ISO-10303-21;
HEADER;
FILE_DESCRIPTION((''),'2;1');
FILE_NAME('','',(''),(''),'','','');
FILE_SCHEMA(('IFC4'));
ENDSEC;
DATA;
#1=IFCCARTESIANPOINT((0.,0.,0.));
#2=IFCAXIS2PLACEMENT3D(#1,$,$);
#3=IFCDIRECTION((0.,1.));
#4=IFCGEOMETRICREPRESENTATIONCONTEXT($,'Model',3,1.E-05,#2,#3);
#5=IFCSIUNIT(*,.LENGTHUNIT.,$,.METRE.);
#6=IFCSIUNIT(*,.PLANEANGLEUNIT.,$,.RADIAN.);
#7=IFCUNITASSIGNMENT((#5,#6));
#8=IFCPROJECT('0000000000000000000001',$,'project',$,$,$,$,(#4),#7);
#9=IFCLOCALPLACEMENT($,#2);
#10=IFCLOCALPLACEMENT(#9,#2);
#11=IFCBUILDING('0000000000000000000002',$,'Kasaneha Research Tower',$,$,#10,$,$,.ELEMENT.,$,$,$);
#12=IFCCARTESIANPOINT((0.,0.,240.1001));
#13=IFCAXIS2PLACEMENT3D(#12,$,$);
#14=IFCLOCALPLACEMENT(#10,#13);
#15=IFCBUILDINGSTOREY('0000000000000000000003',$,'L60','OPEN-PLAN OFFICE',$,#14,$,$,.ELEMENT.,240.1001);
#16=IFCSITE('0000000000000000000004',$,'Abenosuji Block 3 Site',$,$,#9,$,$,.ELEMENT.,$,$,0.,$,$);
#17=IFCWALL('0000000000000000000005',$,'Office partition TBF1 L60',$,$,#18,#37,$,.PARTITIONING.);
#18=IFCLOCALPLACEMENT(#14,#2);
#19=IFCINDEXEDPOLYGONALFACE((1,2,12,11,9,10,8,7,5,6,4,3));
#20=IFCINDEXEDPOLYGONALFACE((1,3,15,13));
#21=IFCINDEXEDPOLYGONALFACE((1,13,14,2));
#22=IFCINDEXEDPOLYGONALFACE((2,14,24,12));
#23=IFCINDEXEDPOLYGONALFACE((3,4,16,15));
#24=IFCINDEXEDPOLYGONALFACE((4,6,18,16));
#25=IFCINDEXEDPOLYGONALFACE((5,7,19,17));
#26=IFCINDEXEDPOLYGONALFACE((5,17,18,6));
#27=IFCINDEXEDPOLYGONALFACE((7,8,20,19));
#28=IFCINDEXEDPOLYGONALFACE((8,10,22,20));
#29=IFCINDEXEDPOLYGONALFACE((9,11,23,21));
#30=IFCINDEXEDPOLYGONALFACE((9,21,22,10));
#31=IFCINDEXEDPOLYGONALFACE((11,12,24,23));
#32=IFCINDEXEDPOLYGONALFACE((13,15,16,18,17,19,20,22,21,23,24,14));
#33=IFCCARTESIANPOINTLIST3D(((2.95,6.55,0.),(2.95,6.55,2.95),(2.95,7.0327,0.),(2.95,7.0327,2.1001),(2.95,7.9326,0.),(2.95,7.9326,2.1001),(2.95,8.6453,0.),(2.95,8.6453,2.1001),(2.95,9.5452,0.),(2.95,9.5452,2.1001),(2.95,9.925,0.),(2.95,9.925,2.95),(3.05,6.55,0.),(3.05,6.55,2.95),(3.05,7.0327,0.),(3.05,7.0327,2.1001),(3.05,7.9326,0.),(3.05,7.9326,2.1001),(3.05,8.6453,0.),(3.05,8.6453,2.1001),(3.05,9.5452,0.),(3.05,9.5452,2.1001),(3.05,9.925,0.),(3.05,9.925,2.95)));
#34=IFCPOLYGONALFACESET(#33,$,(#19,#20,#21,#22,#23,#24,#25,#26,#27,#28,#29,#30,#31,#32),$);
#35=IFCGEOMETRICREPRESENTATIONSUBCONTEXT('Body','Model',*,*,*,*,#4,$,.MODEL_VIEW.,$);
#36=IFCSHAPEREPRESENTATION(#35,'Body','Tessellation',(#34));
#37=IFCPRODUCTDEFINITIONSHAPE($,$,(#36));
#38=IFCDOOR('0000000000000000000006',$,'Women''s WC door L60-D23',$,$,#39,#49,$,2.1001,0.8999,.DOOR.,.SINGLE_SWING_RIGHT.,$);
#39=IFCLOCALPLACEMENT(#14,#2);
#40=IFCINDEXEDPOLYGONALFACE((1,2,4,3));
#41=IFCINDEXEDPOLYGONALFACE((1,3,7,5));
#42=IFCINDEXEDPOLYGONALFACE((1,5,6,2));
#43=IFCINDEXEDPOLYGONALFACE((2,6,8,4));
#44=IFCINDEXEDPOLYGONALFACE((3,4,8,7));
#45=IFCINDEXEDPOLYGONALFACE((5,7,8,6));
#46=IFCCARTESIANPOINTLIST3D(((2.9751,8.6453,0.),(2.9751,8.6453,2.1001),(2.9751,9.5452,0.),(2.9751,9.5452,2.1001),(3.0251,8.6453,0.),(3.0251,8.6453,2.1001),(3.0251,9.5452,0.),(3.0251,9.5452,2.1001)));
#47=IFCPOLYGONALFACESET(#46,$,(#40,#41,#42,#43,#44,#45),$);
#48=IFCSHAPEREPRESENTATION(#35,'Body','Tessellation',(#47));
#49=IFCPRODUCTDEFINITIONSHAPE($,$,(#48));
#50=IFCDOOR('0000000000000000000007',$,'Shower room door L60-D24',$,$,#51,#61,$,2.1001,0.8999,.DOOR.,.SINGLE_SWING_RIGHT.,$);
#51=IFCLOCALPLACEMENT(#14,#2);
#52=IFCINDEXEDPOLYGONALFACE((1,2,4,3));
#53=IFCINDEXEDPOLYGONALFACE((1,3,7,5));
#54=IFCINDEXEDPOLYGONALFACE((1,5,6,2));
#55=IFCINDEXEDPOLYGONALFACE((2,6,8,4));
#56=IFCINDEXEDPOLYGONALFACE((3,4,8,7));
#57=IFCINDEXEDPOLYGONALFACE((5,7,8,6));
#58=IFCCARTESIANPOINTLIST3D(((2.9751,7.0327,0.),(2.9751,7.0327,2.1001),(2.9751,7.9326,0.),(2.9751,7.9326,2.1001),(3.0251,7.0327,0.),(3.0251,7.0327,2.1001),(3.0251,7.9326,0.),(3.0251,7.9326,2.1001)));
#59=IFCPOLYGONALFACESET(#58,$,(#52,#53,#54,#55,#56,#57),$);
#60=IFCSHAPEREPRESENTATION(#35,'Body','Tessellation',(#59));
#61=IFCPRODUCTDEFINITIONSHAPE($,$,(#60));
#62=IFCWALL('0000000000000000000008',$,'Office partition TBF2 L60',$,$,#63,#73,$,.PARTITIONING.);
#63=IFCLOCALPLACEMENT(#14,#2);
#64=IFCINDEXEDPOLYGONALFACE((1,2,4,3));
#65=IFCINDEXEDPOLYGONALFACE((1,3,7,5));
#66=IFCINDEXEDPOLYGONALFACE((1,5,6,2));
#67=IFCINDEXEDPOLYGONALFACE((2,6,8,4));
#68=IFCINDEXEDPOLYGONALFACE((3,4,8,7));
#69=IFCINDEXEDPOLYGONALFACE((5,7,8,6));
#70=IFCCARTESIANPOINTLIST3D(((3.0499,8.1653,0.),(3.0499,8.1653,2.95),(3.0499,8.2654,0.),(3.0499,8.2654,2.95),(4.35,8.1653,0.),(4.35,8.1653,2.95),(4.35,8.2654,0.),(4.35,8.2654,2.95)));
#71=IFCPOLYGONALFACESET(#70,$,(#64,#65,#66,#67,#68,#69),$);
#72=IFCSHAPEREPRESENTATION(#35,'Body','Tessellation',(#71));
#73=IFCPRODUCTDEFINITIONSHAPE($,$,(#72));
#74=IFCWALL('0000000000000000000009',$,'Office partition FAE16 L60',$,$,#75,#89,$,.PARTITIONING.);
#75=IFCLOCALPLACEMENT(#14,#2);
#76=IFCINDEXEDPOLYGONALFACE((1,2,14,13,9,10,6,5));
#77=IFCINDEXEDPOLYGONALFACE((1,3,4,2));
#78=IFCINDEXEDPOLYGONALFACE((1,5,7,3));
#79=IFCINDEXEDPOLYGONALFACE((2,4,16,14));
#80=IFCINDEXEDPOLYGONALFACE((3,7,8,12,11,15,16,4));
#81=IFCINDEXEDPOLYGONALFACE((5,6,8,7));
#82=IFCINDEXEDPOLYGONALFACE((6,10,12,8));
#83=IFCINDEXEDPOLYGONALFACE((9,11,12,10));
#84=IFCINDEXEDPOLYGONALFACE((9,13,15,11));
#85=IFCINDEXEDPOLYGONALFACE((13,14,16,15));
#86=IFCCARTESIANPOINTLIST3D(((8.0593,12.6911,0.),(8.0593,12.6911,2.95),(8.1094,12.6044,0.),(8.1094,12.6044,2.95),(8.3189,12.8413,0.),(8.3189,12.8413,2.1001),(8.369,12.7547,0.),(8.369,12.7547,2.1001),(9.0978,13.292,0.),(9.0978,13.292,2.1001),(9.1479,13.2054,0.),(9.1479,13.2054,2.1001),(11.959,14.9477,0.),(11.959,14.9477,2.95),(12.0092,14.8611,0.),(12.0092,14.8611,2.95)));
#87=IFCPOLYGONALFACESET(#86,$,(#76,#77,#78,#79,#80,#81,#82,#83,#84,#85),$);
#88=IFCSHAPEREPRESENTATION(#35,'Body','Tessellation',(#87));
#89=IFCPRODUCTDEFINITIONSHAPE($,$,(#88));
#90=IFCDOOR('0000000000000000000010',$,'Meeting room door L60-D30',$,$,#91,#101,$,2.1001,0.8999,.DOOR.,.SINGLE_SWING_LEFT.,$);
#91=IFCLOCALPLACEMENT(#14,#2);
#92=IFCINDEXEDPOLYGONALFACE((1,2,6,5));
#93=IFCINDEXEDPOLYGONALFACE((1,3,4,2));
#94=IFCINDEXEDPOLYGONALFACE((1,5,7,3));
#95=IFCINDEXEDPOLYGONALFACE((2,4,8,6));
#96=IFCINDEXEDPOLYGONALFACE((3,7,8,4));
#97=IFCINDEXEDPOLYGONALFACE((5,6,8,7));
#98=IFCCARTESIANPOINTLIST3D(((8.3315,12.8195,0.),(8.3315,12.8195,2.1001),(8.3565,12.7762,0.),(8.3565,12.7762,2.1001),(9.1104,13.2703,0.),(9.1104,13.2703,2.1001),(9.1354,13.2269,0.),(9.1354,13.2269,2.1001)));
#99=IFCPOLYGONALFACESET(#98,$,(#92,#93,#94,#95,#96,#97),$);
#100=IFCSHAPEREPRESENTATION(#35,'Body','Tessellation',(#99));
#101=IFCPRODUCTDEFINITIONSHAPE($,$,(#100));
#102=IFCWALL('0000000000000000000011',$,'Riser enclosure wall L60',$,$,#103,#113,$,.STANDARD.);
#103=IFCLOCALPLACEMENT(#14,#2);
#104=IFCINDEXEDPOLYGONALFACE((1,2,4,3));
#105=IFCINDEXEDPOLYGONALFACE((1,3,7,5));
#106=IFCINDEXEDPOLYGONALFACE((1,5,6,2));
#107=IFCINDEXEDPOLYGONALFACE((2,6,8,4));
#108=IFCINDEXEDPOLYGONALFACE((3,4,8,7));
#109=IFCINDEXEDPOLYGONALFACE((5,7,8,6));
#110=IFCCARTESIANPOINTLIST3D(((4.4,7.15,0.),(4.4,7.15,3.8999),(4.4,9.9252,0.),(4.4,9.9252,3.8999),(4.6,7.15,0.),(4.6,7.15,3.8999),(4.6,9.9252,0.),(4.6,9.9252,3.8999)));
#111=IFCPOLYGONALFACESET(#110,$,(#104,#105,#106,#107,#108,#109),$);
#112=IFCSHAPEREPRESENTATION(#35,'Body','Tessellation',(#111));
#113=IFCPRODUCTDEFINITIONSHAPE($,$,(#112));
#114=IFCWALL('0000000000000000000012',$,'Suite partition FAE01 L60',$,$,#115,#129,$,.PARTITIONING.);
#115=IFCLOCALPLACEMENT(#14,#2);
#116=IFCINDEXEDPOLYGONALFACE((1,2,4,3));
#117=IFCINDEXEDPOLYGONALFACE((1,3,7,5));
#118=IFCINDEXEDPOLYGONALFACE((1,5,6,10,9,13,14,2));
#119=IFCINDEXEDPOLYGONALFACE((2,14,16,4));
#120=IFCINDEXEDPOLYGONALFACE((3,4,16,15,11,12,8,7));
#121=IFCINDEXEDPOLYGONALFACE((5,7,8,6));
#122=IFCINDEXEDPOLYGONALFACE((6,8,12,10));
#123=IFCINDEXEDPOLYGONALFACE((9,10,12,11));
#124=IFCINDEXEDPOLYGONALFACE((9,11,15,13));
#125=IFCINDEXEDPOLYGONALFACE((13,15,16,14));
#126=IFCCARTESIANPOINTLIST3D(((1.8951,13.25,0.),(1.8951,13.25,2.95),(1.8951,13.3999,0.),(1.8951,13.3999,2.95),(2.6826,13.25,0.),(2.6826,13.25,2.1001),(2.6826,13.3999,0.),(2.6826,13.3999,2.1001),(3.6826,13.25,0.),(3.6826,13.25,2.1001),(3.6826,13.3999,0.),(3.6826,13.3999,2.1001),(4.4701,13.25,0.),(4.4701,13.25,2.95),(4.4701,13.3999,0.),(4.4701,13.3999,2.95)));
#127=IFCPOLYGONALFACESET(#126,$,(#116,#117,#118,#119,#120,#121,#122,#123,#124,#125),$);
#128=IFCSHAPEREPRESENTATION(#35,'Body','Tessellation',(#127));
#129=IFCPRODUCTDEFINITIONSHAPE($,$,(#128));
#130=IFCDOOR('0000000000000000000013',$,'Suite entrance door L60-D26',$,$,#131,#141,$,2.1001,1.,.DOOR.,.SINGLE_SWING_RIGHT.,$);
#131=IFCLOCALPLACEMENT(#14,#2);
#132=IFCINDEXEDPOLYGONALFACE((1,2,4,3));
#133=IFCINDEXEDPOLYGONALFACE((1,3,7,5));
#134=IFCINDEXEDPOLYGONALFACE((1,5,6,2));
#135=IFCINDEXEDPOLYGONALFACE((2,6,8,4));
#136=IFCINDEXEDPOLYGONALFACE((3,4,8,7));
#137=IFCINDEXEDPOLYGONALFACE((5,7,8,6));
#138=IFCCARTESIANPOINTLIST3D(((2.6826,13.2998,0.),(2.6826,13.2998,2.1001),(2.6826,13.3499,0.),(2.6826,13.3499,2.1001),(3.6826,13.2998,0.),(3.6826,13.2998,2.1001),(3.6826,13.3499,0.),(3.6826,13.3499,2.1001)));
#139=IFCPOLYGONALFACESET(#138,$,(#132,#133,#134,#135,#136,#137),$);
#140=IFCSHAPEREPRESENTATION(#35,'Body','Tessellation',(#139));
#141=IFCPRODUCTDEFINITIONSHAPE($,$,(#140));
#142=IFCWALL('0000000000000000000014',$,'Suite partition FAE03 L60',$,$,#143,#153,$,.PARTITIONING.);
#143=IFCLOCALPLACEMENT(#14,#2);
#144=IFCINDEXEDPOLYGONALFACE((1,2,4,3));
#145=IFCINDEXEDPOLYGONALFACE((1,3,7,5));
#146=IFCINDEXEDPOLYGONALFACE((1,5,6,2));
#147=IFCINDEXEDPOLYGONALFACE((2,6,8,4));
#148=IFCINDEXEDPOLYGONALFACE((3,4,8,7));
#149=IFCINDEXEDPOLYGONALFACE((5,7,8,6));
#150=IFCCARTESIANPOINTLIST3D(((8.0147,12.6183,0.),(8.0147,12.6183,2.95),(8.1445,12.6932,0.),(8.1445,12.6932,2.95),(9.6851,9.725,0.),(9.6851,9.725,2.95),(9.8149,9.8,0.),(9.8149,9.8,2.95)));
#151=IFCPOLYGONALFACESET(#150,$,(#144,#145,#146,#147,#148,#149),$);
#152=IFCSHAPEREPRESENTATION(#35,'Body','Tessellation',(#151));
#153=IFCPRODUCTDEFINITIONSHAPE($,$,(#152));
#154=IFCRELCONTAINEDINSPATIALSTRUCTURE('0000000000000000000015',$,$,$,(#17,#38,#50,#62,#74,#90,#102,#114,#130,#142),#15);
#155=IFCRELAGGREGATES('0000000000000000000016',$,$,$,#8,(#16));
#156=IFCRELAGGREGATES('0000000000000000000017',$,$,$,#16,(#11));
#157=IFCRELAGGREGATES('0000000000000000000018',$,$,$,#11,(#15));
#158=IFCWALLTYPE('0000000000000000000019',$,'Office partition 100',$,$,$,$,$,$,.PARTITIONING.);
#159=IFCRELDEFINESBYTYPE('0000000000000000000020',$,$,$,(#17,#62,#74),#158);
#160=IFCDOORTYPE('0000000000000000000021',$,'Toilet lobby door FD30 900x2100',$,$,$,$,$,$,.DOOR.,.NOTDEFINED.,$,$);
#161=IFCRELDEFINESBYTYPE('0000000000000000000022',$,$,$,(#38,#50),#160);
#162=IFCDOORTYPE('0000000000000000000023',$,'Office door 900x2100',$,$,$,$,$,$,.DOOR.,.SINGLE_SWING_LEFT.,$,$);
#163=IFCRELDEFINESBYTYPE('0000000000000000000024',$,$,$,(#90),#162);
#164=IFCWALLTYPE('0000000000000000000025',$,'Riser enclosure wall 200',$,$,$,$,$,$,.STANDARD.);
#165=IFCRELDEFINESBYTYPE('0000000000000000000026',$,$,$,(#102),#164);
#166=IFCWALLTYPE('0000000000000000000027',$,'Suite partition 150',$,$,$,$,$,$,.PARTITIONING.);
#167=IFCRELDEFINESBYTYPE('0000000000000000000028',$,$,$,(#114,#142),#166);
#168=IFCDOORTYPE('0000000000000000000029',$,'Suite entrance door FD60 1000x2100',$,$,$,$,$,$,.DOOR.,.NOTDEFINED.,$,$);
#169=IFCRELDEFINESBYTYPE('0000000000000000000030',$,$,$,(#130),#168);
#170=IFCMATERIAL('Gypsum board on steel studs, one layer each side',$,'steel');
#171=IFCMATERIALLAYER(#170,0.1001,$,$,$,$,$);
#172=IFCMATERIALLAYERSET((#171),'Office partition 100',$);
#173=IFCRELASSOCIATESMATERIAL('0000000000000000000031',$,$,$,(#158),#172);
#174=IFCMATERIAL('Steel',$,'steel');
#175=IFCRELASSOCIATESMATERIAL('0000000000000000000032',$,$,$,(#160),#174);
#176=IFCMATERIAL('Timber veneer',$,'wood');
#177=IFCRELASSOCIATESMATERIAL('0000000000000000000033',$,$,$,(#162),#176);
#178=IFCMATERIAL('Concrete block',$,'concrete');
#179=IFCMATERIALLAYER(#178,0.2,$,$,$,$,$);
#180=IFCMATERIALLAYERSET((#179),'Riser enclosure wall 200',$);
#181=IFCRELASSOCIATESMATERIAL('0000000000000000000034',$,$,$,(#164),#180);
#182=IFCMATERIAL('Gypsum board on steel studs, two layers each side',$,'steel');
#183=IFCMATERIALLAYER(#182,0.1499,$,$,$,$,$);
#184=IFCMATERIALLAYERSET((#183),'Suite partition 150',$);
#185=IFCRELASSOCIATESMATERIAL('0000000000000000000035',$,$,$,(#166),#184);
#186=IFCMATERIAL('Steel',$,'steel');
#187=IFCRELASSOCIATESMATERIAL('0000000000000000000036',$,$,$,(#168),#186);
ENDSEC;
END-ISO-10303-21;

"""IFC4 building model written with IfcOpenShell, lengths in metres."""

from ifc_helpers import new_model, si_unit, direction, frame, frame_2d, origin, place, context, subcontext, project, spatial, rectangle, extrude, material, layer, layer_set, type_object, element, fill, save


model = new_model("IFC4")

# Units and contexts
model_context = context("Model", 3, precision=1e-05, world=origin(), true_north=direction((0.0, 1.0)))
body_context = subcontext(model_context, "Body", "Model", "MODEL_VIEW")
ifc_project = project(units=[si_unit("LENGTHUNIT", "METRE"), si_unit("PLANEANGLEUNIT", "RADIAN")], contexts=[model_context])

# Site, building, storey
site_placement = place(None, origin())
site = spatial("IfcSite", under=ifc_project, at=site_placement, Name="Abenosuji Block 3 Site", CompositionType="ELEMENT", RefElevation=0.0)
building_placement = place(site_placement, origin())
building = spatial("IfcBuilding", under=site, at=building_placement, Name="Kasaneha Research Tower", CompositionType="ELEMENT")
storey_placement = place(building_placement, frame((0.0, 0.0, 240.1001)))
storey = spatial("IfcBuildingStorey", under=building, at=storey_placement, Name="L60", Description="OPEN-PLAN OFFICE", CompositionType="ELEMENT", Elevation=240.1001)

# Wall, openings, doors
ifc_material_1 = material(Name="Gypsum board on steel studs, one layer each side", Category="steel")
ifc_layer_1 = layer(ifc_material_1, 0.1001)
ifc_layer_set_1 = layer_set([ifc_layer_1], Name="Office partition 100")
wall_type_1 = type_object("IfcWallType", Name="Office partition 100", PredefinedType="PARTITIONING", material=ifc_layer_set_1)
wall_1_placement = place(storey_placement, frame((3.0, 6.55, 0.0), z_axis=(0.0, 0.0, 1.0), x_axis=(0.0, 1.0, 0.0)))
wall_1 = element("IfcWall", 1, at=wall_1_placement, inside=storey, type_object=wall_type_1, Name="Office partition TBF1 L60", PredefinedType="PARTITIONING", context=body_context, shape_type="SweptSolid", body=[
    extrude(rectangle(XDim=3.375, YDim=0.1001, at=frame_2d((1.6875, 0.0))), origin(), (0.0, 0.0, 1.0), 2.95),
])
opening_1_placement = place(wall_1_placement, frame((2.0952, 0.0, 0.0)))
opening_1 = element("IfcOpeningElement", 2, at=opening_1_placement, cuts=wall_1, PredefinedType="OPENING", context=body_context, shape_type="SweptSolid", body=[
    extrude(rectangle(XDim=0.8999, YDim=2.1001, at=frame_2d((0.45, 1.05))), frame((0.0, 0.0601, 0.0), z_axis=(0.0, -1.0, 0.0), x_axis=(1.0, 0.0, 0.0)), (0.0, 0.0, 1.0), 0.1201),
])
opening_2_placement = place(wall_1_placement, frame((0.4827, 0.0, 0.0)))
opening_2 = element("IfcOpeningElement", 3, at=opening_2_placement, cuts=wall_1, PredefinedType="OPENING", context=body_context, shape_type="SweptSolid", body=[
    extrude(rectangle(XDim=0.8999, YDim=2.1001, at=frame_2d((0.45, 1.05))), frame((0.0, 0.0601, 0.0), z_axis=(0.0, -1.0, 0.0), x_axis=(1.0, 0.0, 0.0)), (0.0, 0.0, 1.0), 0.1201),
])
ifc_material_2 = material(Name="Steel", Category="steel")
door_type_1 = type_object("IfcDoorType", Name="Toilet lobby door FD30 900x2100", OperationType="NOTDEFINED", PredefinedType="DOOR", material=ifc_material_2)
door_1_placement = place(opening_1_placement, origin())
door_1 = element("IfcDoor", 4, at=door_1_placement, inside=storey, type_object=door_type_1, Name="Women's WC door L60-D23", OperationType="SINGLE_SWING_RIGHT", OverallHeight=2.1001, OverallWidth=0.8999, PredefinedType="DOOR", context=body_context, shape_type="SweptSolid", body=[
    extrude(rectangle(XDim=0.8999, YDim=2.1001, at=frame_2d((0.45, 1.05))), frame((0.0, 0.0249, 0.0), z_axis=(0.0, -1.0, 0.0), x_axis=(1.0, 0.0, 0.0)), (0.0, 0.0, 1.0), 0.05),
])
fill(opening_1, door_1)
door_2_placement = place(opening_2_placement, origin())
door_2 = element("IfcDoor", 5, at=door_2_placement, inside=storey, type_object=door_type_1, Name="Shower room door L60-D24", OperationType="SINGLE_SWING_RIGHT", OverallHeight=2.1001, OverallWidth=0.8999, PredefinedType="DOOR", context=body_context, shape_type="SweptSolid", body=[
    extrude(rectangle(XDim=0.8999, YDim=2.1001, at=frame_2d((0.45, 1.05))), frame((0.0, 0.0249, 0.0), z_axis=(0.0, -1.0, 0.0), x_axis=(1.0, 0.0, 0.0)), (0.0, 0.0, 1.0), 0.05),
])
fill(opening_2, door_2)

# Wall
wall_2_placement = place(storey_placement, frame((3.05, 8.2153, 0.0), z_axis=(0.0, 0.0, 1.0), x_axis=(1.0, 0.0, 0.0)))
element("IfcWall", 6, at=wall_2_placement, inside=storey, type_object=wall_type_1, Name="Office partition TBF2 L60", PredefinedType="PARTITIONING", context=body_context, shape_type="SweptSolid", body=[
    extrude(rectangle(XDim=1.3, YDim=0.1001, at=frame_2d((0.6499, 0.0))), origin(), (0.0, 0.0, 1.0), 2.95),
])

# Wall, opening, door
wall_3_placement = place(storey_placement, frame((8.0842, 12.6477, 0.0), z_axis=(0.0, 0.0, 1.0), x_axis=(0.865533, 0.500853, 0.0)))
wall_3 = element("IfcWall", 7, at=wall_3_placement, inside=storey, type_object=wall_type_1, Name="Office partition FAE16 L60", PredefinedType="PARTITIONING", context=body_context, shape_type="SweptSolid", body=[
    extrude(rectangle(XDim=4.5056, YDim=0.1001, at=frame_2d((2.2529, 0.0))), origin(), (0.0, 0.0, 1.0), 2.95),
])
opening_3_placement = place(wall_3_placement, frame((0.3, 0.0, 0.0)))
opening_3 = element("IfcOpeningElement", 8, at=opening_3_placement, cuts=wall_3, PredefinedType="OPENING", context=body_context, shape_type="SweptSolid", body=[
    extrude(rectangle(XDim=0.8999, YDim=2.1001, at=frame_2d((0.45, 1.05))), frame((0.0, 0.0601, 0.0), z_axis=(0.0, -1.0, 0.0), x_axis=(1.0, 0.0, 0.0)), (0.0, 0.0, 1.0), 0.1201),
])
ifc_material_3 = material(Name="Timber veneer", Category="wood")
door_type_2 = type_object("IfcDoorType", Name="Office door 900x2100", OperationType="SINGLE_SWING_LEFT", PredefinedType="DOOR", material=ifc_material_3)
door_3_placement = place(opening_3_placement, origin())
door_3 = element("IfcDoor", 9, at=door_3_placement, inside=storey, type_object=door_type_2, Name="Meeting room door L60-D30", OperationType="SINGLE_SWING_LEFT", OverallHeight=2.1001, OverallWidth=0.8999, PredefinedType="DOOR", context=body_context, shape_type="SweptSolid", body=[
    extrude(rectangle(XDim=0.8999, YDim=2.1001, at=frame_2d((0.45, 1.05))), frame((0.0, 0.0249, 0.0), z_axis=(0.0, -1.0, 0.0), x_axis=(1.0, 0.0, 0.0)), (0.0, 0.0, 1.0), 0.05),
])
fill(opening_3, door_3)

# Wall
ifc_material_4 = material(Name="Concrete block", Category="concrete")
ifc_layer_2 = layer(ifc_material_4, 0.2)
ifc_layer_set_2 = layer_set([ifc_layer_2], Name="Riser enclosure wall 200")
wall_type_2 = type_object("IfcWallType", Name="Riser enclosure wall 200", PredefinedType="STANDARD", material=ifc_layer_set_2)
wall_4_placement = place(storey_placement, frame((4.5, 7.1499, 0.0), z_axis=(0.0, 0.0, 1.0), x_axis=(0.0, 1.0, 0.0)))
element("IfcWall", 10, at=wall_4_placement, inside=storey, type_object=wall_type_2, Name="Riser enclosure wall L60", PredefinedType="STANDARD", context=body_context, shape_type="SweptSolid", body=[
    extrude(rectangle(XDim=2.7751, YDim=0.2, at=frame_2d((1.3877, 0.0))), origin(), (0.0, 0.0, 1.0), 3.8999),
])

# Wall, opening, door
ifc_material_5 = material(Name="Gypsum board on steel studs, two layers each side", Category="steel")
ifc_layer_3 = layer(ifc_material_5, 0.1499)
ifc_layer_set_3 = layer_set([ifc_layer_3], Name="Suite partition 150")
wall_type_3 = type_object("IfcWallType", Name="Suite partition 150", PredefinedType="PARTITIONING", material=ifc_layer_set_3)
wall_5_placement = place(storey_placement, frame((1.895, 13.325, 0.0), z_axis=(0.0, 0.0, 1.0), x_axis=(1.0, 0.0, 0.0)))
wall_5 = element("IfcWall", 11, at=wall_5_placement, inside=storey, type_object=wall_type_3, Name="Suite partition FAE01 L60", PredefinedType="PARTITIONING", context=body_context, shape_type="SweptSolid", body=[
    extrude(rectangle(XDim=2.575, YDim=0.1499, at=frame_2d((1.2876, 0.0))), origin(), (0.0, 0.0, 1.0), 2.95),
])
opening_4_placement = place(wall_5_placement, frame((0.7876, 0.0, 0.0)))
opening_4 = element("IfcOpeningElement", 12, at=opening_4_placement, cuts=wall_5, PredefinedType="OPENING", context=body_context, shape_type="SweptSolid", body=[
    extrude(rectangle(XDim=1.0, YDim=2.1001, at=frame_2d((0.5, 1.05))), frame((0.0, 0.085, 0.0), z_axis=(0.0, -1.0, 0.0), x_axis=(1.0, 0.0, 0.0)), (0.0, 0.0, 1.0), 0.1699),
])
ifc_material_6 = material(Name="Steel", Category="steel")
door_type_3 = type_object("IfcDoorType", Name="Suite entrance door FD60 1000x2100", OperationType="NOTDEFINED", PredefinedType="DOOR", material=ifc_material_6)
door_4_placement = place(opening_4_placement, origin())
door_4 = element("IfcDoor", 13, at=door_4_placement, inside=storey, type_object=door_type_3, Name="Suite entrance door L60-D26", OperationType="SINGLE_SWING_RIGHT", OverallHeight=2.1001, OverallWidth=1.0, PredefinedType="DOOR", context=body_context, shape_type="SweptSolid", body=[
    extrude(rectangle(XDim=1.0, YDim=2.1001, at=frame_2d((0.5, 1.05))), frame((0.0, 0.0249, 0.0), z_axis=(0.0, -1.0, 0.0), x_axis=(1.0, 0.0, 0.0)), (0.0, 0.0, 1.0), 0.05),
])
fill(opening_4, door_4)

# Wall
wall_6_placement = place(storey_placement, frame((8.0796, 12.6558, 0.0), z_axis=(0.0, 0.0, 1.0), x_axis=(0.49999, -0.866031, 0.0)))
element("IfcWall", 14, at=wall_6_placement, inside=storey, type_object=wall_type_3, Name="Suite partition FAE03 L60", PredefinedType="PARTITIONING", context=body_context, shape_type="SweptSolid", body=[
    extrude(rectangle(XDim=3.3408, YDim=0.1499, at=frame_2d((1.6704, 0.0))), origin(), (0.0, 0.0, 1.0), 2.95),
])

save(model, "model.ifc")
